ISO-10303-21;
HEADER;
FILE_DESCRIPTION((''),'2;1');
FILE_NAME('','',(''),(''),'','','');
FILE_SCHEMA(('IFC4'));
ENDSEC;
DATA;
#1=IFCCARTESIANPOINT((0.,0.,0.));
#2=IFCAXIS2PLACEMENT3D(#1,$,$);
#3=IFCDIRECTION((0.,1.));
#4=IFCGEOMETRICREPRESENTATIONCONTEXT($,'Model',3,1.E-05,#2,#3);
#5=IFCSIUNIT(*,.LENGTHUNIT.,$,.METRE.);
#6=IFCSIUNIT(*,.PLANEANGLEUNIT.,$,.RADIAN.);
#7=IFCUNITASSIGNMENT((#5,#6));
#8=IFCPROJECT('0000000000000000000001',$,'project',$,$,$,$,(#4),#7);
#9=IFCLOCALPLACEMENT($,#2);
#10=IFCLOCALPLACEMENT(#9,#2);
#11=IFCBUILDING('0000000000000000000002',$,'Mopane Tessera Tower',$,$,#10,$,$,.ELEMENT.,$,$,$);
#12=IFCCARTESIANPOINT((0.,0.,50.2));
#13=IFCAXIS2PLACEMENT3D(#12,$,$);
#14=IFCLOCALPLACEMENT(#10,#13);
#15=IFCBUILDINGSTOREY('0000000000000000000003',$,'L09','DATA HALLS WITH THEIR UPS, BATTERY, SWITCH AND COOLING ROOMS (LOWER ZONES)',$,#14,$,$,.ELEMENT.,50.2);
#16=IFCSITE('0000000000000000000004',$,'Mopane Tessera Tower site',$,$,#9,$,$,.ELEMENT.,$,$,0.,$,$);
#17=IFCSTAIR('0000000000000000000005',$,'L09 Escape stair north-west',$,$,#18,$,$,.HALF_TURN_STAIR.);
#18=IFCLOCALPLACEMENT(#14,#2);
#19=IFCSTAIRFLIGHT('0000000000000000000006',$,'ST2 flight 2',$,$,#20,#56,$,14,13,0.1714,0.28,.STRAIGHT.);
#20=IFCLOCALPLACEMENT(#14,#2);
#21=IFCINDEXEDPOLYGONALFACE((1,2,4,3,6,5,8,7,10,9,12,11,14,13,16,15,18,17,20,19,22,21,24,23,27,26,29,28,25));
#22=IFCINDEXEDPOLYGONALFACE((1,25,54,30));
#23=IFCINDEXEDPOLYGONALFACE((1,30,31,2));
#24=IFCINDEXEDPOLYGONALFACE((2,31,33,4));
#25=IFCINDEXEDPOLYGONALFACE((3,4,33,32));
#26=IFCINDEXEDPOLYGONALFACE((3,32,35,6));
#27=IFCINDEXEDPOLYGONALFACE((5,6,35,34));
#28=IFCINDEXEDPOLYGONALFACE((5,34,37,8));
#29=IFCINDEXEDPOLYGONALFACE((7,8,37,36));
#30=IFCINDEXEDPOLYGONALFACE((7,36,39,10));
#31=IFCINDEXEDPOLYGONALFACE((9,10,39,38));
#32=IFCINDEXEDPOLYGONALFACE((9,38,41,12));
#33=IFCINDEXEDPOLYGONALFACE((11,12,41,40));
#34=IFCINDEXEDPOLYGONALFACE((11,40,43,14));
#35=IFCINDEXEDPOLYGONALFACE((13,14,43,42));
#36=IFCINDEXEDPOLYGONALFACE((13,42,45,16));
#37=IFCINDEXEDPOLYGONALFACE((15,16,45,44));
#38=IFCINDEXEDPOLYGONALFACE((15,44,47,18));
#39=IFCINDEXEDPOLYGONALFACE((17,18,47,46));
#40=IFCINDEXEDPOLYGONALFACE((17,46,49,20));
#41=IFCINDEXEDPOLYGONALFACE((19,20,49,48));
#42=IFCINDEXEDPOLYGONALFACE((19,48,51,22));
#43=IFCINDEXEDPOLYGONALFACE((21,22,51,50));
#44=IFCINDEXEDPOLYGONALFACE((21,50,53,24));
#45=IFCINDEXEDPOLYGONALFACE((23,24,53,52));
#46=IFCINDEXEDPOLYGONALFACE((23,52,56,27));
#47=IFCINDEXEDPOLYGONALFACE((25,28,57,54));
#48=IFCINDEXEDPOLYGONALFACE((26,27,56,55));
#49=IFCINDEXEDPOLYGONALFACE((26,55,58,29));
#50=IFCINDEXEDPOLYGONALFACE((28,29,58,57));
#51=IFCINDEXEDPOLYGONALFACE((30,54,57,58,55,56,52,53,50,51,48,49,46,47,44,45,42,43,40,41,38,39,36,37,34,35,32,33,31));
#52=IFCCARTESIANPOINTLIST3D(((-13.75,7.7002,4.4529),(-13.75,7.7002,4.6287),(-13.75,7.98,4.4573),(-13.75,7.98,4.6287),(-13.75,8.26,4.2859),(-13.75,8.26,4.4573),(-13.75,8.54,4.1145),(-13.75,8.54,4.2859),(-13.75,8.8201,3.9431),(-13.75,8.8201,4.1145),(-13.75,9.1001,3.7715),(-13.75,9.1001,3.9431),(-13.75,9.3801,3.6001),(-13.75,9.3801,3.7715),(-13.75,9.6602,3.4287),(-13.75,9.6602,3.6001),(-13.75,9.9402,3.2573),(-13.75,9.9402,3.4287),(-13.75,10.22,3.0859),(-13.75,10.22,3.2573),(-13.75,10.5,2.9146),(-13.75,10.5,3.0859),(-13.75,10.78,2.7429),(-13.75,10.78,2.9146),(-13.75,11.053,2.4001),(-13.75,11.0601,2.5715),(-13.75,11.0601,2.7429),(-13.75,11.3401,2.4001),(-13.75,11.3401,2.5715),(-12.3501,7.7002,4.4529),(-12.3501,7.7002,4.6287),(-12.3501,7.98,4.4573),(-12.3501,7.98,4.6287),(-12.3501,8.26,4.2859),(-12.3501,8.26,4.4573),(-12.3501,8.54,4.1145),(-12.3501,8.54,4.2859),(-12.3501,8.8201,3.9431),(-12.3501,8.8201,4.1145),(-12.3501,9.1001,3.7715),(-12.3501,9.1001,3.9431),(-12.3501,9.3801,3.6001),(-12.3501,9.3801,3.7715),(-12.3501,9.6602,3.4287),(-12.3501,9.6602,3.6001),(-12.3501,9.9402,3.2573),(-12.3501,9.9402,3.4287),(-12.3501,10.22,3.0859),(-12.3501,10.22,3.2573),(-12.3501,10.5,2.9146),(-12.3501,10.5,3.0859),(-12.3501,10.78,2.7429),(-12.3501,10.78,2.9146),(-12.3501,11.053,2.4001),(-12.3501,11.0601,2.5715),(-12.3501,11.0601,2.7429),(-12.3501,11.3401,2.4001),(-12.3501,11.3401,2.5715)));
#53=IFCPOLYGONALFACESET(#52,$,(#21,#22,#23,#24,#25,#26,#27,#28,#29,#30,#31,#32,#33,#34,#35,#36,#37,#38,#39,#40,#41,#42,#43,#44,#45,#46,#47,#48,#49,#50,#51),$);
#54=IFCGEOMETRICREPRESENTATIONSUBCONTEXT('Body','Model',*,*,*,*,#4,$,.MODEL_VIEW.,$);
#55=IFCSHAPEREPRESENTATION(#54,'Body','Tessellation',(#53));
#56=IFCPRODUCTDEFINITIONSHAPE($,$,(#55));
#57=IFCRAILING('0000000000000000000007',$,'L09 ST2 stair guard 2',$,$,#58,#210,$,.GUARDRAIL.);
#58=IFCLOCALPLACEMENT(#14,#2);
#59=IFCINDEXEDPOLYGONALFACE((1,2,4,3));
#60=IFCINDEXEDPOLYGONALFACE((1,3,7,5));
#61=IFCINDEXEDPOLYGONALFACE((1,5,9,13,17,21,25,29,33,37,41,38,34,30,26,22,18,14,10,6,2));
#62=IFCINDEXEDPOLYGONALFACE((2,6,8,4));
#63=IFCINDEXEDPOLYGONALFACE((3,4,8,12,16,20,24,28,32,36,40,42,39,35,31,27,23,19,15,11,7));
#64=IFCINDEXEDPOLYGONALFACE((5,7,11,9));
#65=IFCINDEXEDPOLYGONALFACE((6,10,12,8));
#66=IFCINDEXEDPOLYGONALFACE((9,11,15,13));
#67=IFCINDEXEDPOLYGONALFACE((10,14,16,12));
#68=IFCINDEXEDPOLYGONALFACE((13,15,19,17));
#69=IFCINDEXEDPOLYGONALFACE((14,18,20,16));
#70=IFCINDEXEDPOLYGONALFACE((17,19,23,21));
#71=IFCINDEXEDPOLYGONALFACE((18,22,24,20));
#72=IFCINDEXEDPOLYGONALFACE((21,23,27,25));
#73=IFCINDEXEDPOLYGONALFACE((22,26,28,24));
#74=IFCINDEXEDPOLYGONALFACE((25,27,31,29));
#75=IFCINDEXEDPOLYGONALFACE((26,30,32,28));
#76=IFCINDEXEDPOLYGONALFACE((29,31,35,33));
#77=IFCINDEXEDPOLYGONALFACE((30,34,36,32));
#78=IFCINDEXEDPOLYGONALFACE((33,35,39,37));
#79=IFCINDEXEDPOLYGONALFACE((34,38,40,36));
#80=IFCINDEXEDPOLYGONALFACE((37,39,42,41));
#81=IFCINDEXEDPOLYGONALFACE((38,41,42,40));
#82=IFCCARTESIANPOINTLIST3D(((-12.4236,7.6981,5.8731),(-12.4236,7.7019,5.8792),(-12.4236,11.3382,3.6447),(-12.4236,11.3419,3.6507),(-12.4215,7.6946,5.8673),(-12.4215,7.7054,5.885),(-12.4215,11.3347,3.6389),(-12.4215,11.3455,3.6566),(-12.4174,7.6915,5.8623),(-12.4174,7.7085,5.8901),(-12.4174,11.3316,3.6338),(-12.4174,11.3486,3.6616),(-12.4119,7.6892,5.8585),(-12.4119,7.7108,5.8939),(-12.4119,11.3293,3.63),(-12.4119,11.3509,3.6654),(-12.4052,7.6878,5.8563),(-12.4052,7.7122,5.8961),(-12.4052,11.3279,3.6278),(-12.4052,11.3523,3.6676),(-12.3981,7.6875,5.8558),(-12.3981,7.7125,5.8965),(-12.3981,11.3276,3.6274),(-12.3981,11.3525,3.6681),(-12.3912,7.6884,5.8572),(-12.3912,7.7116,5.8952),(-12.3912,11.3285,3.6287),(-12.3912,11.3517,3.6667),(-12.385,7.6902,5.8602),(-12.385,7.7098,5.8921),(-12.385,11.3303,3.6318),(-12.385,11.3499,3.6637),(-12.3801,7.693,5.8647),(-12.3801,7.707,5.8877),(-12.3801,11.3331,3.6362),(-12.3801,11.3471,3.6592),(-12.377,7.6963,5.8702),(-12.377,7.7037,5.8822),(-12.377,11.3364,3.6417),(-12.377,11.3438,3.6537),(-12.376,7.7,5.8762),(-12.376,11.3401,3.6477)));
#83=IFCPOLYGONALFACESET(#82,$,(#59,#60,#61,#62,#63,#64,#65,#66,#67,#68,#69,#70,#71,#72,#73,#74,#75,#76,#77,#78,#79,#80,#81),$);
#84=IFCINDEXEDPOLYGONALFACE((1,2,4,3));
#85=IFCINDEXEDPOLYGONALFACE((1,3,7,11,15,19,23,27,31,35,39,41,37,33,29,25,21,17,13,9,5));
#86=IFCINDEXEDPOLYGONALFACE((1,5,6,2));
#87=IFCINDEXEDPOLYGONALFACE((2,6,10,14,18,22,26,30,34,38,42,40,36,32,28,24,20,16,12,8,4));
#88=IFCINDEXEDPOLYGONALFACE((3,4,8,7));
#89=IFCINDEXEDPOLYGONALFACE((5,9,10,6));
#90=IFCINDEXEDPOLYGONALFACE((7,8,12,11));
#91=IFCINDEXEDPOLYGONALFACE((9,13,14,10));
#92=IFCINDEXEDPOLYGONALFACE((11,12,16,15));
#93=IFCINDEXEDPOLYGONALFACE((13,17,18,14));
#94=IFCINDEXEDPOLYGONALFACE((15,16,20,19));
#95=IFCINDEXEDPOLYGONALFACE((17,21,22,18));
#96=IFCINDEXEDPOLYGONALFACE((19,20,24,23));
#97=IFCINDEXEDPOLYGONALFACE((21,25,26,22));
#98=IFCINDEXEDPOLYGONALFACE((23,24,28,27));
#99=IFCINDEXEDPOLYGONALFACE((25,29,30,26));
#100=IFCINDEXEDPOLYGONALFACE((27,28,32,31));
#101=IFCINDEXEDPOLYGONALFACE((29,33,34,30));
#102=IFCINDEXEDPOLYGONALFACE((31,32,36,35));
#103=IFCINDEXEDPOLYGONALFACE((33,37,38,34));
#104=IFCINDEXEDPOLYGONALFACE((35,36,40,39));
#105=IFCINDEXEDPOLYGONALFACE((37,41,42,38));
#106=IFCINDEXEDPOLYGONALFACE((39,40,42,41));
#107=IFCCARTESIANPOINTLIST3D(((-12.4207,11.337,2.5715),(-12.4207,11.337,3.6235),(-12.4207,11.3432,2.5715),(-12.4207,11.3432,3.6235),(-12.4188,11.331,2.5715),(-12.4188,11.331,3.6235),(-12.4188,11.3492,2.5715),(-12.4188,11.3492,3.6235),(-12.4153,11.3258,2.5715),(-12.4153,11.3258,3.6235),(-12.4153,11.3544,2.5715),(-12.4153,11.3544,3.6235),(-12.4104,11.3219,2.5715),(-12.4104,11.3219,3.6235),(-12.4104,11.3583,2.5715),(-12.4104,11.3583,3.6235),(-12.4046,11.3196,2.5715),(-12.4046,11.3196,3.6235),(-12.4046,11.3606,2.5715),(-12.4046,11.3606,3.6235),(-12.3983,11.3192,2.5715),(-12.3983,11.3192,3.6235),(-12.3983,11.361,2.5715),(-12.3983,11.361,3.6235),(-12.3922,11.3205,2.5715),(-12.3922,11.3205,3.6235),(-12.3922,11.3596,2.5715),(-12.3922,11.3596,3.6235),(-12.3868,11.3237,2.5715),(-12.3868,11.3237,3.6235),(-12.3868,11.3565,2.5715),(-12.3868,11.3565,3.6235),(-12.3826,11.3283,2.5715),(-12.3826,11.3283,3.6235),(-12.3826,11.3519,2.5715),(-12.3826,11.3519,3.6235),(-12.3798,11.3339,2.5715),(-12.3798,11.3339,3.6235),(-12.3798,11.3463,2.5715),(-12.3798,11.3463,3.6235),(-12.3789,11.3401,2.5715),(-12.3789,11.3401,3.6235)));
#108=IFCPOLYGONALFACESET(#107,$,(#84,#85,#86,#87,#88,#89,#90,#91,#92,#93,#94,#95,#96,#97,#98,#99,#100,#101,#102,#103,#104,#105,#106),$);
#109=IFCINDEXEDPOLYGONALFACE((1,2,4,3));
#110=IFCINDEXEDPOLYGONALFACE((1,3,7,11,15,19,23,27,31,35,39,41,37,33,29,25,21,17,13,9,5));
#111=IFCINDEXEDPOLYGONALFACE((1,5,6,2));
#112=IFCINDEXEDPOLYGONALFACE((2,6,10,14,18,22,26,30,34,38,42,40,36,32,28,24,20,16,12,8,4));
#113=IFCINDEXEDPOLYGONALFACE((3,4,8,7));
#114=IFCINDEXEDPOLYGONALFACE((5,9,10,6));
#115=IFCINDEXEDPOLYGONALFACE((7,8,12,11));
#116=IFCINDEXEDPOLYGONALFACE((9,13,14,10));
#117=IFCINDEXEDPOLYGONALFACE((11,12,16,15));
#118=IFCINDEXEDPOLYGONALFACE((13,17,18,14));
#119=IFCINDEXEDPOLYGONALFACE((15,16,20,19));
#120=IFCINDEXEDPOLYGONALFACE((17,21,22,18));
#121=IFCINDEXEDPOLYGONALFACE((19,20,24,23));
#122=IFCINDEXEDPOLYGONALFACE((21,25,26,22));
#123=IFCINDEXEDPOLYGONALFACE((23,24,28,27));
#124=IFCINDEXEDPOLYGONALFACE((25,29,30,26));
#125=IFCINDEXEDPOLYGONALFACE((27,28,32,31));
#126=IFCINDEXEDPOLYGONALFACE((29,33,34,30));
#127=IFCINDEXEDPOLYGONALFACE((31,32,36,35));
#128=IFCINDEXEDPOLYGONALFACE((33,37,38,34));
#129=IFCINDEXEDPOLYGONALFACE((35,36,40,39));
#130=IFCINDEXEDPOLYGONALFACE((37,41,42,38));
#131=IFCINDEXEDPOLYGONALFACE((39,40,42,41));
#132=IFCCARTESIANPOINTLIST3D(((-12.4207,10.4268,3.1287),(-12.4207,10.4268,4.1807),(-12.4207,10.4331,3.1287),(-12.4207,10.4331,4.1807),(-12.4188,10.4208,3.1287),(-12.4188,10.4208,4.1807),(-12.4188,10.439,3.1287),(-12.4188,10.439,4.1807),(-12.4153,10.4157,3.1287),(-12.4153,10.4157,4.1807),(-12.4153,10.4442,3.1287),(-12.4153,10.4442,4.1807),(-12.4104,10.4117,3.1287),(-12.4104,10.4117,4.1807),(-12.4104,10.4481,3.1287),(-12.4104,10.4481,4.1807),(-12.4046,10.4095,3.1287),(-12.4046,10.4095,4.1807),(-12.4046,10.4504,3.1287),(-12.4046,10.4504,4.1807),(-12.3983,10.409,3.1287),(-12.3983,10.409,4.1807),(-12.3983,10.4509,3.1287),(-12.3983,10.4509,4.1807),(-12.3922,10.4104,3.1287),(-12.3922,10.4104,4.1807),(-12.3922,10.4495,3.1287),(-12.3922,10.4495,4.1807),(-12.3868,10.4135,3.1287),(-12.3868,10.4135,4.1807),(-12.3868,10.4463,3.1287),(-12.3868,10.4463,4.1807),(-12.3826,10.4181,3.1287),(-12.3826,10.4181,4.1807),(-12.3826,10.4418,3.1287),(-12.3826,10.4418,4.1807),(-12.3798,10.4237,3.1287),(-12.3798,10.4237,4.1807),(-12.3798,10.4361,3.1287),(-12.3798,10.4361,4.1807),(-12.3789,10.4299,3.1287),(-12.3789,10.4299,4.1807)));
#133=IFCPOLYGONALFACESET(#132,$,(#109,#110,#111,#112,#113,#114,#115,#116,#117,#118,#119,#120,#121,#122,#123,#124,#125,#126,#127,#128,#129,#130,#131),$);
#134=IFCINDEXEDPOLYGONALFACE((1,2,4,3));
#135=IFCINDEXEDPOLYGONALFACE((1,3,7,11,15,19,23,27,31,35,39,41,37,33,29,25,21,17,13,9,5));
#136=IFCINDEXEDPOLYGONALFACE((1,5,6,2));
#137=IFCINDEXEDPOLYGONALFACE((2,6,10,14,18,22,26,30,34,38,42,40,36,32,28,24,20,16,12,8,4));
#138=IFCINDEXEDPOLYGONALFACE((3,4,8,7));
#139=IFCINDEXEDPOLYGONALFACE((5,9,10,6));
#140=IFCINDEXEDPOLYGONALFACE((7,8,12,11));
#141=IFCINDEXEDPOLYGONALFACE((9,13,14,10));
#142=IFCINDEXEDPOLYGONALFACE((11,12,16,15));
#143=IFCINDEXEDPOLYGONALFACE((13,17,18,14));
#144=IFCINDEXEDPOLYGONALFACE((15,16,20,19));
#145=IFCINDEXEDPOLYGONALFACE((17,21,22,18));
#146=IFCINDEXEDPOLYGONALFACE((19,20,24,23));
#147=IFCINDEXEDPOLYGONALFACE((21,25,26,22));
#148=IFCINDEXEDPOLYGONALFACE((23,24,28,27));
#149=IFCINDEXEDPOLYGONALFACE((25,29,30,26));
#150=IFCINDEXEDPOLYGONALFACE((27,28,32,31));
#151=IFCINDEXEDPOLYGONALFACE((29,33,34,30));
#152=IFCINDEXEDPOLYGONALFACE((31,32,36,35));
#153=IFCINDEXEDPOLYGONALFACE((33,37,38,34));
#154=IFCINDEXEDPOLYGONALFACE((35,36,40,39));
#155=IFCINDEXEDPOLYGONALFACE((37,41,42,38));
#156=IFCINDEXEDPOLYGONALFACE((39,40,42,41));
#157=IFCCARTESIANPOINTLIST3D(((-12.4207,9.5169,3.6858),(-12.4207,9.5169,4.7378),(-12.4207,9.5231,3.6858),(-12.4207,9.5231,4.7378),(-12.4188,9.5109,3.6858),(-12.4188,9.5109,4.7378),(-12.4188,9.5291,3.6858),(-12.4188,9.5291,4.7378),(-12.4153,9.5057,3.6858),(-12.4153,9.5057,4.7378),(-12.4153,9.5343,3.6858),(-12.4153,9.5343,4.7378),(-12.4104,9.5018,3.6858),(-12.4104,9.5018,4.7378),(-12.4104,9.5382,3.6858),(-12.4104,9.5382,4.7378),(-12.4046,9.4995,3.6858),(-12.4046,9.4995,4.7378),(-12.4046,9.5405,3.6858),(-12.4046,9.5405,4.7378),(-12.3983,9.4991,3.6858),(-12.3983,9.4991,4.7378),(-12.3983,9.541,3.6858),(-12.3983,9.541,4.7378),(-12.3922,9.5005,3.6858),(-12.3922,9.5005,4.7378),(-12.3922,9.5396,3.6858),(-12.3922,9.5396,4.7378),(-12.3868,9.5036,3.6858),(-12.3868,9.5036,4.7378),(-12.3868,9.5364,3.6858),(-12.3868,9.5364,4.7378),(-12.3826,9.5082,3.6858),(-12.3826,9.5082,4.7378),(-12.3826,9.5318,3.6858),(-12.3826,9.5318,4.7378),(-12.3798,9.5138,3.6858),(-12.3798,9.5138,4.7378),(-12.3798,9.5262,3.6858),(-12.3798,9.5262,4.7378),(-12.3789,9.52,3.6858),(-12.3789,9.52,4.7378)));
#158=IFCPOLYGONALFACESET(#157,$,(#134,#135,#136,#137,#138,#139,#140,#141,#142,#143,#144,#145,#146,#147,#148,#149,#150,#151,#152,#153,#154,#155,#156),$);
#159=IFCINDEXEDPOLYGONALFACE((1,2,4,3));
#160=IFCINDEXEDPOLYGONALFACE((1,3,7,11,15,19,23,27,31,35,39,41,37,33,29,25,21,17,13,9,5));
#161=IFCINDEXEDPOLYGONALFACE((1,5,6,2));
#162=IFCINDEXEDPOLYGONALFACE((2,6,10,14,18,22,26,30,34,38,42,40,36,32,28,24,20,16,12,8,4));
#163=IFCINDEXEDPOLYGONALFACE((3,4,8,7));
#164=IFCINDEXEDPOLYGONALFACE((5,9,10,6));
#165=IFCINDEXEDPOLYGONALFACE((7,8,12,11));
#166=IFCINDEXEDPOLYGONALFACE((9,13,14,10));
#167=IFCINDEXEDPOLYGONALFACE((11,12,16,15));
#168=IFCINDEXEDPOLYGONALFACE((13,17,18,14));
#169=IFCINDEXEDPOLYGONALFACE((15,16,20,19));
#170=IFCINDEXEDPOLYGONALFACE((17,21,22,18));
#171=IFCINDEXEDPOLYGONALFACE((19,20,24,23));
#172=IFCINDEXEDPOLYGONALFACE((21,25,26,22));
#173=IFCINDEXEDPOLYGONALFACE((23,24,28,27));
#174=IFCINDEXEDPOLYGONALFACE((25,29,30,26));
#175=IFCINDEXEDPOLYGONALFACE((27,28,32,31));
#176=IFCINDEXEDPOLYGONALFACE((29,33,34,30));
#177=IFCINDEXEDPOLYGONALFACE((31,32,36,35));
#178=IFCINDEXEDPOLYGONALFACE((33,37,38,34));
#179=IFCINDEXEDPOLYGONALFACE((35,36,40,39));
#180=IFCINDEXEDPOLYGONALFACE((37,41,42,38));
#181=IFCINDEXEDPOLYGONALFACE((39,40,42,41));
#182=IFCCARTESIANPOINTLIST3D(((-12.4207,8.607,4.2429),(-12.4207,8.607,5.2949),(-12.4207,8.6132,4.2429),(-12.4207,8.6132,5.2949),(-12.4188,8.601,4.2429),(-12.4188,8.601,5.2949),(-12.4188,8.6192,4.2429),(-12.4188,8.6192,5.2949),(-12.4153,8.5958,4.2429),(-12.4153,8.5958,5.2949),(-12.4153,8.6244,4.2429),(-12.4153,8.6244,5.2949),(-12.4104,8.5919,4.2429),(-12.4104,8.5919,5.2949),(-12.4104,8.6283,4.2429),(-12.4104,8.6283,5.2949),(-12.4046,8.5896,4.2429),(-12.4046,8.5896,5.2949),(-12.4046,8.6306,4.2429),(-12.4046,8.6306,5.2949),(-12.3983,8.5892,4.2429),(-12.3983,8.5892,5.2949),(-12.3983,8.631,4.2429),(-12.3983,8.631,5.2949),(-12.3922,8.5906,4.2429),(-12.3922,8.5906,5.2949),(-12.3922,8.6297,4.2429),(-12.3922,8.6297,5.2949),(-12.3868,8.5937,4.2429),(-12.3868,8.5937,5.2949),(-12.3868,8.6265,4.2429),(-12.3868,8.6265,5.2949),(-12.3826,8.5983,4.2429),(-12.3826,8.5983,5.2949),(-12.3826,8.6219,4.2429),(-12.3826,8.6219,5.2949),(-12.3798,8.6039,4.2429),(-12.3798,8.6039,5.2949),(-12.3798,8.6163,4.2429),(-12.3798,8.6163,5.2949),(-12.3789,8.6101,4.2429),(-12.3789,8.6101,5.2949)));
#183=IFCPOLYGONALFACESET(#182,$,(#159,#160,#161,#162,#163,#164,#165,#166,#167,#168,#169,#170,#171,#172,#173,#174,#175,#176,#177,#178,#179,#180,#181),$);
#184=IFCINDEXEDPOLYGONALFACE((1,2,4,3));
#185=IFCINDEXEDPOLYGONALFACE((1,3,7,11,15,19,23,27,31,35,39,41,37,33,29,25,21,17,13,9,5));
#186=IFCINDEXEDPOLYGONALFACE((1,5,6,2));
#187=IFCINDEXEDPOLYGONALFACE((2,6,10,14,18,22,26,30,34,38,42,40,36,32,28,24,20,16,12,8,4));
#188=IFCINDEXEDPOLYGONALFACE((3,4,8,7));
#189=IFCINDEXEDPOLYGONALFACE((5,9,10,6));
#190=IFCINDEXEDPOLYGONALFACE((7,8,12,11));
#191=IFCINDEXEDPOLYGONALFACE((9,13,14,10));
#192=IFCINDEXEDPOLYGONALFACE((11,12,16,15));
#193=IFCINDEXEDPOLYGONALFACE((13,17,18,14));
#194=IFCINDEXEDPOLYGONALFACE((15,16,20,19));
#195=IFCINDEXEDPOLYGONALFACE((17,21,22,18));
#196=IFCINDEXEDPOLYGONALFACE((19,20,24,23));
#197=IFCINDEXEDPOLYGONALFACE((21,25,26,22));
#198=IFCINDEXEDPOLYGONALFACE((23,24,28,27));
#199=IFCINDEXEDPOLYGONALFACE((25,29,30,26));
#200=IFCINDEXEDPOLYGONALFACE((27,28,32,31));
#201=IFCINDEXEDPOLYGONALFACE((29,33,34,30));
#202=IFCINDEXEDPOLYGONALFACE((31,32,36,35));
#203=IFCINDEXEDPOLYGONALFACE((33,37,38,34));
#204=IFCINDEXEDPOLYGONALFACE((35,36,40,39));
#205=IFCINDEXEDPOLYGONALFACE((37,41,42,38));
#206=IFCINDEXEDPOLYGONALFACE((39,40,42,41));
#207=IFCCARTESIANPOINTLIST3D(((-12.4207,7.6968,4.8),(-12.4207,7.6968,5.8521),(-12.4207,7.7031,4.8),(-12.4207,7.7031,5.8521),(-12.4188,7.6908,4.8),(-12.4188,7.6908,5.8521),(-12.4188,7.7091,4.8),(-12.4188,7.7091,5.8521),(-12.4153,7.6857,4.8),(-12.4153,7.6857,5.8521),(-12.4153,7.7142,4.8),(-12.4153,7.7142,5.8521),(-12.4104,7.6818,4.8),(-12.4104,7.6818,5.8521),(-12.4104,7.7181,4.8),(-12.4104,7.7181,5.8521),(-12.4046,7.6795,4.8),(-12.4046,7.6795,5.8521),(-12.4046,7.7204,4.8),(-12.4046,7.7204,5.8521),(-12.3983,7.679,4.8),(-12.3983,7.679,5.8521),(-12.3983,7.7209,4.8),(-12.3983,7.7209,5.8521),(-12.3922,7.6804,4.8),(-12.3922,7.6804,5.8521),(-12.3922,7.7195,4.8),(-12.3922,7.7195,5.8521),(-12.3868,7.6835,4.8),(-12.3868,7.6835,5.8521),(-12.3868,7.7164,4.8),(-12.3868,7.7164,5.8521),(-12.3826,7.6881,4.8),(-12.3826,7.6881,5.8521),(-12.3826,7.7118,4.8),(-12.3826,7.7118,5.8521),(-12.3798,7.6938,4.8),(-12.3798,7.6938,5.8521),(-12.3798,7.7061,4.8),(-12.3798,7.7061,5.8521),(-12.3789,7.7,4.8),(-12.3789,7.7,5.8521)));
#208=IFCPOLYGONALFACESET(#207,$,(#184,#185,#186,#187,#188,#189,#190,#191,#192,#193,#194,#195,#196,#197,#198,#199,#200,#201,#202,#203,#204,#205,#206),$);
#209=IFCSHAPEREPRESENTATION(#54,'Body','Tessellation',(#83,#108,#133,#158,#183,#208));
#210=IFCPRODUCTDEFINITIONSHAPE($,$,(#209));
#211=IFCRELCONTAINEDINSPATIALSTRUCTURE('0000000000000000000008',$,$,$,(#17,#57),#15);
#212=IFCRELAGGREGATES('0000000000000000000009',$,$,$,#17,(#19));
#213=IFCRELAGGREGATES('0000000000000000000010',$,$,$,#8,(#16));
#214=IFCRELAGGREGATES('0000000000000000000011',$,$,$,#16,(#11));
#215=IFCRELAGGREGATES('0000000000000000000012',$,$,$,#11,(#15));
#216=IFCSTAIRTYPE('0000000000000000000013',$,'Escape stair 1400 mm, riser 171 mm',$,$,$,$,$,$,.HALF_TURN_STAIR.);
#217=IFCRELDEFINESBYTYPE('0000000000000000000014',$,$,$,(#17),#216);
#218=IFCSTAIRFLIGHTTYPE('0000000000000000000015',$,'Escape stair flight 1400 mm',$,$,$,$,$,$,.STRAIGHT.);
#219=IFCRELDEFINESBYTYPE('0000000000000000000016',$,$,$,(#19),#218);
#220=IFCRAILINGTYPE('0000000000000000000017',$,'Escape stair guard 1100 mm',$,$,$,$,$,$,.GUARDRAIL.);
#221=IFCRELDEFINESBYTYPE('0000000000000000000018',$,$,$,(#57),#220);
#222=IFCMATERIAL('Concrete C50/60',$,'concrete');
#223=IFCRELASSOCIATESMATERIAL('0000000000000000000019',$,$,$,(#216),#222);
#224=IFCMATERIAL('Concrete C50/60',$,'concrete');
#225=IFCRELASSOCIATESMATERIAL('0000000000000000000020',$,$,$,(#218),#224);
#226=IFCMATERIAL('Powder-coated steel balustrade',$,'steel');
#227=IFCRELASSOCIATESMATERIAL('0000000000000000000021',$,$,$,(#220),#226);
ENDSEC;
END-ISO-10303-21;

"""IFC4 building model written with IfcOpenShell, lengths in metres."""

from ifc_helpers import new_model, si_unit, direction, frame, origin, origin_2d, place, context, subcontext, project, spatial, polyline, circle, outline, extrude, material, type_object, element, aggregate, save


model = new_model("IFC4")

# Units and contexts
model_context = context("Model", 3, precision=1e-05, world=origin(), true_north=direction((0.0, 1.0)))
body_context = subcontext(model_context, "Body", "Model", "MODEL_VIEW")
ifc_project = project(units=[si_unit("LENGTHUNIT", "METRE"), si_unit("PLANEANGLEUNIT", "RADIAN")], contexts=[model_context])

# Site, building, storey
site_placement = place(None, origin())
site = spatial("IfcSite", under=ifc_project, at=site_placement, Name="Mopane Tessera Tower site", CompositionType="ELEMENT", RefElevation=0.0)
building_placement = place(site_placement, origin())
building = spatial("IfcBuilding", under=site, at=building_placement, Name="Mopane Tessera Tower", CompositionType="ELEMENT")
storey_placement = place(building_placement, frame((0.0, 0.0, 50.2)))
storey = spatial("IfcBuildingStorey", under=building, at=storey_placement, Name="L09", Description="DATA HALLS WITH THEIR UPS, BATTERY, SWITCH AND COOLING ROOMS (LOWER ZONES)", CompositionType="ELEMENT", Elevation=50.2)

# Stair, stair flight
ifc_material_1 = material(Name="Concrete C50/60", Category="concrete")
stair_type = type_object("IfcStairType", Name="Escape stair 1400 mm, riser 171 mm", PredefinedType="HALF_TURN_STAIR", material=ifc_material_1)
stair_placement = place(storey_placement, origin())
stair = element("IfcStair", 1, at=stair_placement, inside=storey, type_object=stair_type, Name="L09 Escape stair north-west", PredefinedType="HALF_TURN_STAIR")
ifc_material_2 = material(Name="Concrete C50/60", Category="concrete")
stair_flight_type = type_object("IfcStairFlightType", Name="Escape stair flight 1400 mm", PredefinedType="STRAIGHT", material=ifc_material_2)
stair_flight_1_placement = place(storey_placement, frame((-13.05, 11.3401, 2.4001), z_axis=(0.0, 0.0, 1.0), x_axis=(0.0, -1.0, 0.0)))
stair_flight_1 = element("IfcStairFlight", 2, at=stair_flight_1_placement, type_object=stair_flight_type, Name="ST2 flight 2", NumberOfRisers=14, NumberOfTreads=13, PredefinedType="STRAIGHT", RiserHeight=0.1714, TreadLength=0.28, context=body_context, shape_type="SweptSolid", body=[
    extrude(outline(polyline([(0.0, 0.0), (0.0, 0.1714), (0.28, 0.1714), (0.28, 0.3428), (0.5601, 0.3428), (0.5601, 0.5144), (0.8401, 0.5144), (0.8401, 0.6858), (1.1201, 0.6858), (1.1201, 0.8572), (1.3999, 0.8572), (1.3999, 1.0286), (1.6799, 1.0286), (1.6799, 1.2), (1.96, 1.2), (1.96, 1.3713), (2.24, 1.3713), (2.24, 1.543), (2.52, 1.543), (2.52, 1.7144), (2.8, 1.7144), (2.8, 1.8857), (3.0801, 1.8857), (3.0801, 2.0571), (3.3601, 2.0571), (3.3601, 2.2285), (3.6399, 2.2285), (3.6399, 2.3999), (3.6399, 2.0527), (0.2871, 0.0), (0.0, 0.0)])), frame((0.0, 0.7, 0.0), z_axis=(0.0, -1.0, 0.0), x_axis=(1.0, 0.0, 0.0)), (0.0, 0.0, 1.0), 1.3999),
])
aggregate(stair, [stair_flight_1])

# Railing
ifc_material_3 = material(Name="Powder-coated steel balustrade", Category="steel")
railing_type_1 = type_object("IfcRailingType", Name="Escape stair guard 1100 mm", PredefinedType="GUARDRAIL", material=ifc_material_3)
railing_1_placement = place(storey_placement, frame((-12.3999, 11.3401, 2.5715)))
element("IfcRailing", 3, at=railing_1_placement, inside=storey, type_object=railing_type_1, Name="L09 ST2 stair guard 2", PredefinedType="GUARDRAIL", context=body_context, shape_type="SweptSolid", body=[
    extrude(circle(Radius=0.0239, at=origin_2d()), frame((0.0, 0.0, 1.0762), z_axis=(0.0, -0.852866, 0.52213), x_axis=(1.0, 0.0, 0.0)), (0.0, 0.0, 1.0), 4.2681),
    extrude(circle(Radius=0.021, at=origin_2d()), origin(), (0.0, 0.0, 1.0), 1.052),
    extrude(circle(Radius=0.021, at=origin_2d()), frame((0.0, -0.9102, 0.5571)), (0.0, 0.0, 1.0), 1.052),
    extrude(circle(Radius=0.021, at=origin_2d()), frame((0.0, -1.8201, 1.1143)), (0.0, 0.0, 1.0), 1.052),
    extrude(circle(Radius=0.021, at=origin_2d()), frame((0.0, -2.73, 1.6714)), (0.0, 0.0, 1.0), 1.052),
    extrude(circle(Radius=0.021, at=origin_2d()), frame((0.0, -3.6401, 2.2285)), (0.0, 0.0, 1.0), 1.052),
])

save(model, "model.ifc")
